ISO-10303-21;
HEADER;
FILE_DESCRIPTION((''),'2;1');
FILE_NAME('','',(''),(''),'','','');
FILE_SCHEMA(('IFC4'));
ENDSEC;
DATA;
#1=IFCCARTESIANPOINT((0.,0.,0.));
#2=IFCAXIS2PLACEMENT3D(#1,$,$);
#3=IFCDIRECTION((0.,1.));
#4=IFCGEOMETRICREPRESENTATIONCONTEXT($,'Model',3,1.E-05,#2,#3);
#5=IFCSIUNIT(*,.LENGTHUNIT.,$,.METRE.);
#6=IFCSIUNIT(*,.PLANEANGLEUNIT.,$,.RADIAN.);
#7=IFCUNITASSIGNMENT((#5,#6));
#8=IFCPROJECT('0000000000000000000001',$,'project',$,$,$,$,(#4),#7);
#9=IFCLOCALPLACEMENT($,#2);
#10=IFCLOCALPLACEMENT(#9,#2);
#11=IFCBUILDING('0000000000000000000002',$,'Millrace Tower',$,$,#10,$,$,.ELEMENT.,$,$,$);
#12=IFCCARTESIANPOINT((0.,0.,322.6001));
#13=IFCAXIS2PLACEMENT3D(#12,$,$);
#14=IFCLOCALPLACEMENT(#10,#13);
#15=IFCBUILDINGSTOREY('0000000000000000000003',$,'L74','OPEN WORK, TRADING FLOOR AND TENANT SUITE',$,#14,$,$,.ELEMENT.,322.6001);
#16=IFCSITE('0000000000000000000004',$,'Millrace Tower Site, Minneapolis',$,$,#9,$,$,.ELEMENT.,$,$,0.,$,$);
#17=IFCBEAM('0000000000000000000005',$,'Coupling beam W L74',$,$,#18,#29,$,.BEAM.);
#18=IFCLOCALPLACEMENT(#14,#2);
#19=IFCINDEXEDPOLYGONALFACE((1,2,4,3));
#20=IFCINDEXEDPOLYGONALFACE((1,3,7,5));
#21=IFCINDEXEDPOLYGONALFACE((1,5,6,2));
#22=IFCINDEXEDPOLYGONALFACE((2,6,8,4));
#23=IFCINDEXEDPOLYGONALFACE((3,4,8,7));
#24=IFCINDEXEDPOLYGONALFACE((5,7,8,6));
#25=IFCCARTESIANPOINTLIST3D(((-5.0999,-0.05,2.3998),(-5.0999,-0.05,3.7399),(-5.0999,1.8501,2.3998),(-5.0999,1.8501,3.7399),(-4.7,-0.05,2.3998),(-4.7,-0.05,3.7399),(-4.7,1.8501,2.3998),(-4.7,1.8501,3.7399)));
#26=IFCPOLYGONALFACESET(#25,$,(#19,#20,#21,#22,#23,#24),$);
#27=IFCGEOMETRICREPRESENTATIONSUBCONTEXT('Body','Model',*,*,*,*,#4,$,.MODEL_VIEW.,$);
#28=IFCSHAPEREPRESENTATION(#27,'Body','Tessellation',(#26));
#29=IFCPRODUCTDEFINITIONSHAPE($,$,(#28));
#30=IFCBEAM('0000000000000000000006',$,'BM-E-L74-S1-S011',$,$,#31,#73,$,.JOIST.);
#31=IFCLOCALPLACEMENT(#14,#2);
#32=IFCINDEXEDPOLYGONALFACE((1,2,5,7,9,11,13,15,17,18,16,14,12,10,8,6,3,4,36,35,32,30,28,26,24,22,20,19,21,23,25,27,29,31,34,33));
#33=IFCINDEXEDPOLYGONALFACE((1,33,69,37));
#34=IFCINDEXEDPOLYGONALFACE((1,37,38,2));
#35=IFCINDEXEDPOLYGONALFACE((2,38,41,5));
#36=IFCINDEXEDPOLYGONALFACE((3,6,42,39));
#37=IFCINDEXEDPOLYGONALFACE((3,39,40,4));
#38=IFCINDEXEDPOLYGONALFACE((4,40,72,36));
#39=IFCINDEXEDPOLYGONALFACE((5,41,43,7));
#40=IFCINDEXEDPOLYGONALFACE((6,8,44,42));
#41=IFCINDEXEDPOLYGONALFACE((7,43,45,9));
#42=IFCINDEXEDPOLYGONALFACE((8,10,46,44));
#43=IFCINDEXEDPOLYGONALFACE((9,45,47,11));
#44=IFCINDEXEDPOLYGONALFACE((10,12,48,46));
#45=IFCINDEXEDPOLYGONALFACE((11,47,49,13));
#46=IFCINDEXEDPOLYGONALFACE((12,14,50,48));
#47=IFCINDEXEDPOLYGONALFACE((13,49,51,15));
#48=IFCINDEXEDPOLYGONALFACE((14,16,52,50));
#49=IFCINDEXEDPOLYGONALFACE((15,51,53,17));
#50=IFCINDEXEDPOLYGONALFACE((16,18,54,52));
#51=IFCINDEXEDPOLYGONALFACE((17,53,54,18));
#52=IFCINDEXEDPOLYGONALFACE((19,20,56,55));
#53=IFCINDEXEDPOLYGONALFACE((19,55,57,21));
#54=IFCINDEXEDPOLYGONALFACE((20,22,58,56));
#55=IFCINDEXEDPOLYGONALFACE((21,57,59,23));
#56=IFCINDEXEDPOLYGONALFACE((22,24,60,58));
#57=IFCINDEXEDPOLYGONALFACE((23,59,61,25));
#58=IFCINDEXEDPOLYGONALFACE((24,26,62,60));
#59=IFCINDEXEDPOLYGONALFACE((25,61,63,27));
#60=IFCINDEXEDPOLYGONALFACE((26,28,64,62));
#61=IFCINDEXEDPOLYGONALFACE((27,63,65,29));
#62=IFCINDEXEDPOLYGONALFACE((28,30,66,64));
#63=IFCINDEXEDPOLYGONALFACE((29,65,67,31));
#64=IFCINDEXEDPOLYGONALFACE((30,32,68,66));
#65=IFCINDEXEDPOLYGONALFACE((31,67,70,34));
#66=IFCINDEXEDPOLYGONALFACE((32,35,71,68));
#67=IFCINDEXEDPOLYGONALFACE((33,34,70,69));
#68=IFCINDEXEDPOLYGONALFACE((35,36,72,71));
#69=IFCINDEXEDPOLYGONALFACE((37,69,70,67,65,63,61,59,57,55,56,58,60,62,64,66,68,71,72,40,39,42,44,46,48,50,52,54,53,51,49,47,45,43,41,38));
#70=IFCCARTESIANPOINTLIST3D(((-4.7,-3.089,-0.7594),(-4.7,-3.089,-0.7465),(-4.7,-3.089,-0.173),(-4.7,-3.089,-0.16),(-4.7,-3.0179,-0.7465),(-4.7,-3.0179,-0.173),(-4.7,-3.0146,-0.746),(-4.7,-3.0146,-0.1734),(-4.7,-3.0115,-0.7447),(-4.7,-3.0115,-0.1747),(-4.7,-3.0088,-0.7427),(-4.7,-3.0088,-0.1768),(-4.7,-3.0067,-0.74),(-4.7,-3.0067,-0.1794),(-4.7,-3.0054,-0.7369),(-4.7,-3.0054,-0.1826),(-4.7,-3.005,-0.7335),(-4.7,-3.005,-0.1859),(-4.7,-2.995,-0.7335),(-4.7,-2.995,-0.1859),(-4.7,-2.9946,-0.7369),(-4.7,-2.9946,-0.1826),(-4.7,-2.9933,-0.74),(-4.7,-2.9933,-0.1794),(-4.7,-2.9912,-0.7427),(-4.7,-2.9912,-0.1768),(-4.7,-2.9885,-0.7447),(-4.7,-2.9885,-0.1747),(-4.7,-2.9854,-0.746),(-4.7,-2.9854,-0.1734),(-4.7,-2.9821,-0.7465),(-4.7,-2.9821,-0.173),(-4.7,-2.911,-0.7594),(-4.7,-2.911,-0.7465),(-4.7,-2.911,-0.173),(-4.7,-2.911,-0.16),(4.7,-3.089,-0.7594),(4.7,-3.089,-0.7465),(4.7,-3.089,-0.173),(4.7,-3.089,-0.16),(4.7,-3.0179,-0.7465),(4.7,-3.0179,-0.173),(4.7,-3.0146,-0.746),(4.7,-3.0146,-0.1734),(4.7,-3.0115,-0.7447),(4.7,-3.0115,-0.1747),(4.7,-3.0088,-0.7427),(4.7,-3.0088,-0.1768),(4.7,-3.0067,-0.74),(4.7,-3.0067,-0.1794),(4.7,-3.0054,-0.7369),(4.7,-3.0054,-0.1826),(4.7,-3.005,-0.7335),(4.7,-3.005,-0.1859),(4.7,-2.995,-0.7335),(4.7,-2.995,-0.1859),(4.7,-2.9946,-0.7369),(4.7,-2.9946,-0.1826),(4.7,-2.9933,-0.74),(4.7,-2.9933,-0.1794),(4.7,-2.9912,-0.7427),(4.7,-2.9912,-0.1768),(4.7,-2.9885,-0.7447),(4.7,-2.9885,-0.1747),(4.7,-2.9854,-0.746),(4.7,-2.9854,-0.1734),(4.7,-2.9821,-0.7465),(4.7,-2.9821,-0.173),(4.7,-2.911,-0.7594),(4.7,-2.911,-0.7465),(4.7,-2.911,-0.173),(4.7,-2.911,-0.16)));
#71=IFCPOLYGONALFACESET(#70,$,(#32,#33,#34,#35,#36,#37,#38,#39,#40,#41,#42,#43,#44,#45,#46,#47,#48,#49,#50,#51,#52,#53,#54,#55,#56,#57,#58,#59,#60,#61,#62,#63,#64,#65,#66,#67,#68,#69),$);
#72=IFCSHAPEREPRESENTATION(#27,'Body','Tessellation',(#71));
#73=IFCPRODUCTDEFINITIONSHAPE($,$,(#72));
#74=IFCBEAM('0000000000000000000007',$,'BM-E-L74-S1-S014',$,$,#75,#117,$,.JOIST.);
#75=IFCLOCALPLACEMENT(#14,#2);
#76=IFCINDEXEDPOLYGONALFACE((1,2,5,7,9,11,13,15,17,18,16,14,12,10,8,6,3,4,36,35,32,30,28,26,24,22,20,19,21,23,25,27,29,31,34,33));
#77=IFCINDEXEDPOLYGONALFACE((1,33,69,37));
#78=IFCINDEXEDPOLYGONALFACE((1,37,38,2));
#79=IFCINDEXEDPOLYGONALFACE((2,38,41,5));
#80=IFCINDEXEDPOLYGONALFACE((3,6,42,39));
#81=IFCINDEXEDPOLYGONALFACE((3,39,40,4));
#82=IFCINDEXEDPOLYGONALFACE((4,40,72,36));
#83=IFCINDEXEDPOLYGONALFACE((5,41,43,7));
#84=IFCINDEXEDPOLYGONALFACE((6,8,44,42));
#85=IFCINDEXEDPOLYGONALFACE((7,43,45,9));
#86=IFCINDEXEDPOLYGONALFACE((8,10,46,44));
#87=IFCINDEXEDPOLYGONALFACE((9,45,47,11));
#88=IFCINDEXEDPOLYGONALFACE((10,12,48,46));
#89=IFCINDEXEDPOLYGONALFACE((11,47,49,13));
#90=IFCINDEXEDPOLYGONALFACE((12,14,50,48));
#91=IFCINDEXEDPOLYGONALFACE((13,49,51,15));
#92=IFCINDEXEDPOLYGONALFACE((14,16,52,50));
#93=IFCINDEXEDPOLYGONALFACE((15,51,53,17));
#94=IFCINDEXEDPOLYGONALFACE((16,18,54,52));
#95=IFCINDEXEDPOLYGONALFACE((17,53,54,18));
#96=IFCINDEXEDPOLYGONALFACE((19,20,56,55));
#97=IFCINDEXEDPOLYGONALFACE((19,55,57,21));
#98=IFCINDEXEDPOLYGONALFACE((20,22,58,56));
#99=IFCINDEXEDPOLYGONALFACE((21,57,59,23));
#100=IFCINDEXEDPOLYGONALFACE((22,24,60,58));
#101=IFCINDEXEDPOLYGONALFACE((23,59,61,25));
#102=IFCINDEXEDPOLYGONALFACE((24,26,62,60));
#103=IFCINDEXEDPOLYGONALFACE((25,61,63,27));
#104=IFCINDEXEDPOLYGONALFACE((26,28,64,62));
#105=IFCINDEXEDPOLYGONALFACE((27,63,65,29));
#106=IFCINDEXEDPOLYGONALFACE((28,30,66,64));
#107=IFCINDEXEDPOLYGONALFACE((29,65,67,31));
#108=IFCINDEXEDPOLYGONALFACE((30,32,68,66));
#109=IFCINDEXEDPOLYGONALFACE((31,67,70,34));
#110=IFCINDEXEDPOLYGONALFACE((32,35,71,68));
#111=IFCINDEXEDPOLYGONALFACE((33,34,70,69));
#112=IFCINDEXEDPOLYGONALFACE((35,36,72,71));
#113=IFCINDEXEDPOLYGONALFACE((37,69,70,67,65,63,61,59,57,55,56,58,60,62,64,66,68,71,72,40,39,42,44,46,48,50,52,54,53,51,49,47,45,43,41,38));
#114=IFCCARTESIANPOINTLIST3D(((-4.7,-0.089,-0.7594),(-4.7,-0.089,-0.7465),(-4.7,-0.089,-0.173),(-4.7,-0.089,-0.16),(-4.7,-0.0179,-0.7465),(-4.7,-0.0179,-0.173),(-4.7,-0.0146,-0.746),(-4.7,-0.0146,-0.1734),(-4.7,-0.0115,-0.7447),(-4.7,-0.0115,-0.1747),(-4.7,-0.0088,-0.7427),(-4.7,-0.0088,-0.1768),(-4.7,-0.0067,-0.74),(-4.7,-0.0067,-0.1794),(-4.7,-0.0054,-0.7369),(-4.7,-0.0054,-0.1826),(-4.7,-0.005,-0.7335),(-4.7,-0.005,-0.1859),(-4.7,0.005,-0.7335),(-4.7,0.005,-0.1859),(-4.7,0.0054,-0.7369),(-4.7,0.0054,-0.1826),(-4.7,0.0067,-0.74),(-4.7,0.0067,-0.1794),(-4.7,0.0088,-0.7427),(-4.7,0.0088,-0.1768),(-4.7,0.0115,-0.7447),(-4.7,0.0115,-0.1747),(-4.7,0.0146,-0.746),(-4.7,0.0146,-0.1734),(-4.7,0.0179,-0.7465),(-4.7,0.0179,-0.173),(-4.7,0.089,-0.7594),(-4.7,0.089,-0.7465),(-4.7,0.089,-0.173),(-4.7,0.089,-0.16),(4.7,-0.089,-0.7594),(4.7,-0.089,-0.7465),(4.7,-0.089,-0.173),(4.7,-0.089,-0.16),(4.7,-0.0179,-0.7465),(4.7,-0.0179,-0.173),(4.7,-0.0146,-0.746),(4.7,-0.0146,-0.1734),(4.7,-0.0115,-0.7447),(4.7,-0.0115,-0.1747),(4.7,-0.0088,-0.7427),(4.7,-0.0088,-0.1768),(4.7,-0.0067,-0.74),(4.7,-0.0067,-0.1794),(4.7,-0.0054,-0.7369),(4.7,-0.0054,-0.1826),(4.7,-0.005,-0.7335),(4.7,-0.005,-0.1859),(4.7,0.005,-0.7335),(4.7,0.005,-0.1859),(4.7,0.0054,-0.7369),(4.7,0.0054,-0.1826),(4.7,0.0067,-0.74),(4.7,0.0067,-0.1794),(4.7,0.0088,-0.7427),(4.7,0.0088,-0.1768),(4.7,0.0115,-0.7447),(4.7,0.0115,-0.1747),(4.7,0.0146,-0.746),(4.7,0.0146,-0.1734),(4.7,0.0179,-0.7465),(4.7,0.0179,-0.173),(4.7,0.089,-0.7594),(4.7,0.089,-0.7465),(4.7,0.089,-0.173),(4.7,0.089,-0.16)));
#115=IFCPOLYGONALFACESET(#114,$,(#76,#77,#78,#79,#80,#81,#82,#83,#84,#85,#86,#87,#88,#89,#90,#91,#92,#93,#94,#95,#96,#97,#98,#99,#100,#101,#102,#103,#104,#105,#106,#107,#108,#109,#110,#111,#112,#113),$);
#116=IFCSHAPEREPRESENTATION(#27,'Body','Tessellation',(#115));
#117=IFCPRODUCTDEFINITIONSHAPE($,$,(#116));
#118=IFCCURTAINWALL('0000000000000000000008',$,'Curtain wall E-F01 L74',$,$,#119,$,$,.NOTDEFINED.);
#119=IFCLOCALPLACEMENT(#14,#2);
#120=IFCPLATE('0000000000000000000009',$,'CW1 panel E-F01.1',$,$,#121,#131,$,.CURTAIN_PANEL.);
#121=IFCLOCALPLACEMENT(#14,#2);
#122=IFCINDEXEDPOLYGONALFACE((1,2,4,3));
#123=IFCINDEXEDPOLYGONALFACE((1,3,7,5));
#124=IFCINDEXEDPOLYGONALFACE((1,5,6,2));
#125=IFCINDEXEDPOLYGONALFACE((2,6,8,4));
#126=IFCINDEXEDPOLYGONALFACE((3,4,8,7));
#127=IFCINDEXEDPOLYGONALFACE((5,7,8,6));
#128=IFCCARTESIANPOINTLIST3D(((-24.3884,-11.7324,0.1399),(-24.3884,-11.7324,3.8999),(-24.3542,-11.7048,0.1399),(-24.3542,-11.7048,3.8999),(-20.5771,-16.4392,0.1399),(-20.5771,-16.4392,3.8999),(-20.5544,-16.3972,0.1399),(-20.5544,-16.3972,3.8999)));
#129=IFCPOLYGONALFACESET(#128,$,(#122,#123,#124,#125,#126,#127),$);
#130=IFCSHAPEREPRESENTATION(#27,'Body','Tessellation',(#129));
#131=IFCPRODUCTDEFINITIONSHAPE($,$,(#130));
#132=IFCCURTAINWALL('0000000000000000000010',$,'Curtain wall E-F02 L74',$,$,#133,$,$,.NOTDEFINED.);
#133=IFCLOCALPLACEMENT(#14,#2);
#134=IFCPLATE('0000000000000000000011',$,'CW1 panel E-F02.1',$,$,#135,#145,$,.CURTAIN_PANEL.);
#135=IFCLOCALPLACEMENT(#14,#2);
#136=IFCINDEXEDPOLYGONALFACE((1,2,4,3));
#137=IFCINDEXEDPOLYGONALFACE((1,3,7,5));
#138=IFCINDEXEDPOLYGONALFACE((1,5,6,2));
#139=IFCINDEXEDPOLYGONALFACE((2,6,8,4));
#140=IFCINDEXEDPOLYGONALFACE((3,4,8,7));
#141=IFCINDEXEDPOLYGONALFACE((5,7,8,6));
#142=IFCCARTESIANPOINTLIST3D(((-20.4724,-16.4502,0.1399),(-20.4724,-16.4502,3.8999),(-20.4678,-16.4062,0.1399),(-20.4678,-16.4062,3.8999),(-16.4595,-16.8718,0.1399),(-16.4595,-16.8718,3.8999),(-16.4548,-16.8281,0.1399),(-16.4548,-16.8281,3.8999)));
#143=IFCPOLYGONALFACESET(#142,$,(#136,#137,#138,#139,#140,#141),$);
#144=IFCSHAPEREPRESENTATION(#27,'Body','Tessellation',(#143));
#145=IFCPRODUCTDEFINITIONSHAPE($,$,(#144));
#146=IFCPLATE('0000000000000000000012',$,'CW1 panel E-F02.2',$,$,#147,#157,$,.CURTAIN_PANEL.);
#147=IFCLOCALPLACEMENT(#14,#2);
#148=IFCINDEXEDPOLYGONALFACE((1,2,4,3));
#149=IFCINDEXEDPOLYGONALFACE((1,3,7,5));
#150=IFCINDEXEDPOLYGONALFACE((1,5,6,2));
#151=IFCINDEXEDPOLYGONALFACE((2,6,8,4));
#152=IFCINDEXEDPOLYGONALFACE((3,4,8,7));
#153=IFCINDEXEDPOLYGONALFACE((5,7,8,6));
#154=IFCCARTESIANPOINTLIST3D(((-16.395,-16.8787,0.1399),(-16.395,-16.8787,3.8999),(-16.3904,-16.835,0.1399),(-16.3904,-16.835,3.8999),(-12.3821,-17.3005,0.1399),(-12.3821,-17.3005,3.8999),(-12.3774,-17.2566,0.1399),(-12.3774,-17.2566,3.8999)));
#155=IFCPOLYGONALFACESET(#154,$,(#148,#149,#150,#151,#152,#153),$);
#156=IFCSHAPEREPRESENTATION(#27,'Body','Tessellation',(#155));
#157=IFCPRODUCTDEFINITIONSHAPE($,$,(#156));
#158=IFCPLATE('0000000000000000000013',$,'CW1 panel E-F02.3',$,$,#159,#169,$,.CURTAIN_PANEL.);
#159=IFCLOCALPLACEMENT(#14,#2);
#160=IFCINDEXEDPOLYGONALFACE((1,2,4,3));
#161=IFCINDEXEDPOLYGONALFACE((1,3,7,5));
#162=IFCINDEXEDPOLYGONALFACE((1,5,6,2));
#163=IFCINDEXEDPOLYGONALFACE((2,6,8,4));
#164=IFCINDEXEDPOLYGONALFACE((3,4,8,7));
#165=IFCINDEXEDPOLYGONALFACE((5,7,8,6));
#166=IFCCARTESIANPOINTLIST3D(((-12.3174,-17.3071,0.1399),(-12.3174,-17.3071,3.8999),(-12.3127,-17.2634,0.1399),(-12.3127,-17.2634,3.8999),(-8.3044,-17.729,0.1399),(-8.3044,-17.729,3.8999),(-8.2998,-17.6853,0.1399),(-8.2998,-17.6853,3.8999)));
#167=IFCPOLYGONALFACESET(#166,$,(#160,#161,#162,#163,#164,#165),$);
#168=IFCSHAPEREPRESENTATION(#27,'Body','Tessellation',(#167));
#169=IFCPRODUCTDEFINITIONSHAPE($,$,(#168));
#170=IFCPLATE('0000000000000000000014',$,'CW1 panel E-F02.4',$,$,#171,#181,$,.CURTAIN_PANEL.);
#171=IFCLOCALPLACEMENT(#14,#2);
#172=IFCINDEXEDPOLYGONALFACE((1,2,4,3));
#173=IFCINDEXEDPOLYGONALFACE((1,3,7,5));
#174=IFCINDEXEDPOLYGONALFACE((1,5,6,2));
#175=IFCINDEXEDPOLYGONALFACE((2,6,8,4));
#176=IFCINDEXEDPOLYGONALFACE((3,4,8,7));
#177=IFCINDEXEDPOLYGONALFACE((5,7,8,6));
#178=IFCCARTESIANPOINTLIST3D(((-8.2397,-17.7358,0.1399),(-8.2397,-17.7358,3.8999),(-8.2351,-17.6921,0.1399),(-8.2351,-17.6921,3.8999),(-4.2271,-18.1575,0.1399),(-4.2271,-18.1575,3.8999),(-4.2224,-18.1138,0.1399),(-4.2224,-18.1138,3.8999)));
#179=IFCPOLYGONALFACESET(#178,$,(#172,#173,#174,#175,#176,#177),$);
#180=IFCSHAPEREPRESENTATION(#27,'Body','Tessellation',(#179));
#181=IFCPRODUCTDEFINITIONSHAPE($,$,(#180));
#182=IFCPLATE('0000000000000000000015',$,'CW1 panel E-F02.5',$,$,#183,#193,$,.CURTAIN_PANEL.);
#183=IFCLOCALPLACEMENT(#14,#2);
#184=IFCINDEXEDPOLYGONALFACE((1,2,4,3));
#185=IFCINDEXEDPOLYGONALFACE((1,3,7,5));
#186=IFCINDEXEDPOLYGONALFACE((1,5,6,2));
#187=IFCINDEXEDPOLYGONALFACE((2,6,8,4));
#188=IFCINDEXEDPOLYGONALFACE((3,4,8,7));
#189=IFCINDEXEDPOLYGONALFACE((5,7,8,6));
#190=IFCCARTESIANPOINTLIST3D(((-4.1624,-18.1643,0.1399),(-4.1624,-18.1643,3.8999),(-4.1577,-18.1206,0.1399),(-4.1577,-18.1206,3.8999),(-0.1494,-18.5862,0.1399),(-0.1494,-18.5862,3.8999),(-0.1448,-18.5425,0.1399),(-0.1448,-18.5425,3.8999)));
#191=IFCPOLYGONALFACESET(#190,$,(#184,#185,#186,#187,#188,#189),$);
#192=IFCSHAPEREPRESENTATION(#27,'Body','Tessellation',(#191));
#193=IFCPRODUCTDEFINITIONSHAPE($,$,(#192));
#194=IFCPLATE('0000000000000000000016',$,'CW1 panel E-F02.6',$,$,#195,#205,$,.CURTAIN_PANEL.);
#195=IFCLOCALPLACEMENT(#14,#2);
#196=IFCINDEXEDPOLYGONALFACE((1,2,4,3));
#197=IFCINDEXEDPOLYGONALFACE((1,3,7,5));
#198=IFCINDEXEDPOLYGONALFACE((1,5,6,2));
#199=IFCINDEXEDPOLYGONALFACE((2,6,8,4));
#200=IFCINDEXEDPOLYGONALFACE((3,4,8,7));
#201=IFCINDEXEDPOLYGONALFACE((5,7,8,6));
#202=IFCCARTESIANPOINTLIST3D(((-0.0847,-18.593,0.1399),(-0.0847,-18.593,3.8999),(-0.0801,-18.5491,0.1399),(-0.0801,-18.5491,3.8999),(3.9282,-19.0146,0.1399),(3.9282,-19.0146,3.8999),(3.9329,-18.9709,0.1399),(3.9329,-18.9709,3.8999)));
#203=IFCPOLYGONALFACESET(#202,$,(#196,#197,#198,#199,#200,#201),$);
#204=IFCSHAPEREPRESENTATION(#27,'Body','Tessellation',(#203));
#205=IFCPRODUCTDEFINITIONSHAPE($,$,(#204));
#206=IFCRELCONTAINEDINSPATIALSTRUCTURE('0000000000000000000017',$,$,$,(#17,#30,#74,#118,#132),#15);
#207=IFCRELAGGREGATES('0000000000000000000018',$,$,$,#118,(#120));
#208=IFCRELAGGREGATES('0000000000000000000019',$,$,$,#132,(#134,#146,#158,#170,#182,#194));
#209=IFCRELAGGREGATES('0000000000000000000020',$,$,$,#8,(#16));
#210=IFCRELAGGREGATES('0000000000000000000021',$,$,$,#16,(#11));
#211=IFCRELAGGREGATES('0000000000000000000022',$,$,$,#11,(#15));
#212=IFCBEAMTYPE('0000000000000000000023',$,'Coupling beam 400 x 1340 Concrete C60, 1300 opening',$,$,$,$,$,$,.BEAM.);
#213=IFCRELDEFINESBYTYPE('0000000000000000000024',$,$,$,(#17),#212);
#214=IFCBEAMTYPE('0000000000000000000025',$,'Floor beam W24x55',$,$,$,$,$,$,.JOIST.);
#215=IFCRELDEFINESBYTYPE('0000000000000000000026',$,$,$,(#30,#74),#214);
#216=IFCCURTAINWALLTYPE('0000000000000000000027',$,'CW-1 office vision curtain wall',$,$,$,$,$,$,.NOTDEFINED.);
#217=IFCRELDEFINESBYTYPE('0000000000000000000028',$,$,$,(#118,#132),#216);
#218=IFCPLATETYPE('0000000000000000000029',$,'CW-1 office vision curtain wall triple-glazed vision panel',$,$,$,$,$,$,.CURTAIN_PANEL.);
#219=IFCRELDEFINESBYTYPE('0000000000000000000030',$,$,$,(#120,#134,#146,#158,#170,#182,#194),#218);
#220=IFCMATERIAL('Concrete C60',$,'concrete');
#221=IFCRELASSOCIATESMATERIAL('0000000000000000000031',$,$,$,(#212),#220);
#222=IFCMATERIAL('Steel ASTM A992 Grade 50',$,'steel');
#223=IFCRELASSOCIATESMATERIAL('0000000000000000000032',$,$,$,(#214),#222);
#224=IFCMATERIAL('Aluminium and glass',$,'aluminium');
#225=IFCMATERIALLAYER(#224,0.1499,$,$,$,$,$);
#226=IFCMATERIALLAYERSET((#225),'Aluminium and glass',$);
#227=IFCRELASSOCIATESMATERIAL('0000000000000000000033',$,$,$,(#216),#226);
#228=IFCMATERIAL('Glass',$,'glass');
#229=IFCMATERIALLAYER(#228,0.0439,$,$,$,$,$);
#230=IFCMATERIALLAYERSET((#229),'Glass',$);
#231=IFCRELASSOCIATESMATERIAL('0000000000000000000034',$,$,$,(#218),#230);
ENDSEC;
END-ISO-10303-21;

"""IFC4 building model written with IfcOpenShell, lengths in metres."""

from ifc_helpers import new_model, si_unit, direction, frame, origin, origin_2d, place, context, subcontext, project, spatial, polyline, rectangle, i_section, outline, extrude, material, layer, layer_set, material_profile, profile_set, type_object, element, aggregate, save


model = new_model("IFC4")

# Units and contexts
model_context = context("Model", 3, precision=1e-05, world=origin(), true_north=direction((0.0, 1.0)))
body_context = subcontext(model_context, "Body", "Model", "MODEL_VIEW")
ifc_project = project(units=[si_unit("LENGTHUNIT", "METRE"), si_unit("PLANEANGLEUNIT", "RADIAN")], contexts=[model_context])

# Site, building, storey
site_placement = place(None, origin())
site = spatial("IfcSite", under=ifc_project, at=site_placement, Name="Millrace Tower Site, Minneapolis", CompositionType="ELEMENT", RefElevation=0.0)
building_placement = place(site_placement, origin())
building = spatial("IfcBuilding", under=site, at=building_placement, Name="Millrace Tower", CompositionType="ELEMENT")
storey_placement = place(building_placement, frame((0.0, 0.0, 322.6001)))
storey = spatial("IfcBuildingStorey", under=building, at=storey_placement, Name="L74", Description="OPEN WORK, TRADING FLOOR AND TENANT SUITE", CompositionType="ELEMENT", Elevation=322.6001)

# Beams
ifc_material_1 = material(Name="Concrete C60", Category="concrete")
ifc_material_profile_1 = material_profile(ifc_material_1, rectangle(XDim=0.3999, YDim=1.3401, at=origin_2d()))
ifc_profile_set_1 = profile_set([ifc_material_profile_1], Name="Concrete C60")
beam_type_1 = type_object("IfcBeamType", Name="Coupling beam 400 x 1340 Concrete C60, 1300 opening", PredefinedType="BEAM", material=ifc_profile_set_1)
beam_placement = place(storey_placement, frame((-4.8999, -0.05, 3.0698), z_axis=(0.0, 1.0, 0.0), x_axis=(-1.0, 0.0, 0.0)))
element("IfcBeam", 1, at=beam_placement, inside=storey, type_object=beam_type_1, Name="Coupling beam W L74", PredefinedType="BEAM", context=body_context, shape_type="SweptSolid", body=[
    extrude(rectangle(XDim=0.3999, YDim=1.3401, at=origin_2d()), origin(), (0.0, 0.0, 1.0), 1.9001),
])
ifc_material_2 = material(Name="Steel ASTM A992 Grade 50", Category="steel")
ifc_material_profile_2 = material_profile(ifc_material_2, i_section(OverallWidth=0.178, OverallDepth=0.5994, WebThickness=0.01, FlangeThickness=0.0129, FilletRadius=0.0129, at=origin_2d()))
ifc_profile_set_2 = profile_set([ifc_material_profile_2], Name="Steel ASTM A992 Grade 50")
beam_type_2 = type_object("IfcBeamType", Name="Floor beam W24x55", PredefinedType="JOIST", material=ifc_profile_set_2)
for number, where, z_axis, x_axis, name in (
    (2, (-4.7, -3.0, -0.4597), (1.0, 0.0, 0.0), (0.0, 1.0, 0.0), "BM-E-L74-S1-S011"),
    (3, (-4.7, 0.0, -0.4597), (1.0, 0.0, 0.0), (0.0, 1.0, 0.0), "BM-E-L74-S1-S014"),
):
    element("IfcBeam", number, at=place(storey_placement, frame(where, z_axis=z_axis, x_axis=x_axis)), inside=storey, type_object=beam_type_2, Name=name, PredefinedType="JOIST", context=body_context, shape_type="SweptSolid", body=[
        extrude(i_section(OverallWidth=0.178, OverallDepth=0.5994, WebThickness=0.01, FlangeThickness=0.0129, FilletRadius=0.0129, at=origin_2d()), origin(), (0.0, 0.0, 1.0), 9.3999),
    ])

# Curtain wall, plate
ifc_material_3 = material(Name="Aluminium and glass", Category="aluminium")
ifc_layer_1 = layer(ifc_material_3, 0.1499)
ifc_layer_set_1 = layer_set([ifc_layer_1], Name="Aluminium and glass")
curtain_wall_type = type_object("IfcCurtainWallType", Name="CW-1 office vision curtain wall", PredefinedType="NOTDEFINED", material=ifc_layer_set_1)
placement_1 = place(storey_placement, origin())
curtain_wall_1 = element("IfcCurtainWall", 4, at=placement_1, inside=storey, type_object=curtain_wall_type, Name="Curtain wall E-F01 L74", PredefinedType="NOTDEFINED")
ifc_material_4 = material(Name="Glass", Category="glass")
ifc_layer_2 = layer(ifc_material_4, 0.0439)
ifc_layer_set_2 = layer_set([ifc_layer_2], Name="Glass")
plate_type = type_object("IfcPlateType", Name="CW-1 office vision curtain wall triple-glazed vision panel", PredefinedType="CURTAIN_PANEL", material=ifc_layer_set_2)
placement_2 = place(storey_placement, frame((0.0, 0.0, 0.1399)))
plate_1 = element("IfcPlate", 5, at=placement_2, type_object=plate_type, Name="CW1 panel E-F01.1", PredefinedType="CURTAIN_PANEL", context=body_context, shape_type="SweptSolid", body=[
    extrude(outline(polyline([(-24.3884, -11.7324), (-20.5771, -16.4392), (-20.5544, -16.3972), (-24.3542, -11.7048), (-24.3884, -11.7324)])), origin(), (0.0, 0.0, 1.0), 3.76),
])
aggregate(curtain_wall_1, [plate_1])

# Curtain wall, plates
curtain_wall_2 = element("IfcCurtainWall", 6, at=placement_1, inside=storey, type_object=curtain_wall_type, Name="Curtain wall E-F02 L74", PredefinedType="NOTDEFINED")
plate_2 = element("IfcPlate", 7, at=placement_2, type_object=plate_type, Name="CW1 panel E-F02.1", PredefinedType="CURTAIN_PANEL", context=body_context, shape_type="SweptSolid", body=[
    extrude(outline(polyline([(-20.4724, -16.4502), (-16.4595, -16.8718), (-16.4548, -16.8281), (-20.4678, -16.4062), (-20.4724, -16.4502)])), origin(), (0.0, 0.0, 1.0), 3.76),
])
plate_3 = element("IfcPlate", 8, at=placement_2, type_object=plate_type, Name="CW1 panel E-F02.2", PredefinedType="CURTAIN_PANEL", context=body_context, shape_type="SweptSolid", body=[
    extrude(outline(polyline([(-16.395, -16.8787), (-12.3821, -17.3005), (-12.3774, -17.2566), (-16.3904, -16.835), (-16.395, -16.8787)])), origin(), (0.0, 0.0, 1.0), 3.76),
])
plate_4 = element("IfcPlate", 9, at=placement_2, type_object=plate_type, Name="CW1 panel E-F02.3", PredefinedType="CURTAIN_PANEL", context=body_context, shape_type="SweptSolid", body=[
    extrude(outline(polyline([(-12.3174, -17.3071), (-8.3044, -17.729), (-8.2998, -17.6853), (-12.3127, -17.2634), (-12.3174, -17.3071)])), origin(), (0.0, 0.0, 1.0), 3.76),
])
plate_5 = element("IfcPlate", 10, at=placement_2, type_object=plate_type, Name="CW1 panel E-F02.4", PredefinedType="CURTAIN_PANEL", context=body_context, shape_type="SweptSolid", body=[
    extrude(outline(polyline([(-8.2397, -17.7358), (-4.2271, -18.1575), (-4.2224, -18.1138), (-8.2351, -17.6921), (-8.2397, -17.7358)])), origin(), (0.0, 0.0, 1.0), 3.76),
])
plate_6 = element("IfcPlate", 11, at=placement_2, type_object=plate_type, Name="CW1 panel E-F02.5", PredefinedType="CURTAIN_PANEL", context=body_context, shape_type="SweptSolid", body=[
    extrude(outline(polyline([(-4.1624, -18.1643), (-0.1494, -18.5862), (-0.1448, -18.5425), (-4.1577, -18.1206), (-4.1624, -18.1643)])), origin(), (0.0, 0.0, 1.0), 3.76),
])
plate_7 = element("IfcPlate", 12, at=placement_2, type_object=plate_type, Name="CW1 panel E-F02.6", PredefinedType="CURTAIN_PANEL", context=body_context, shape_type="SweptSolid", body=[
    extrude(outline(polyline([(-0.0847, -18.593), (3.9282, -19.0146), (3.9329, -18.9709), (-0.0801, -18.5491), (-0.0847, -18.593)])), origin(), (0.0, 0.0, 1.0), 3.76),
])
aggregate(curtain_wall_2, [plate_2, plate_3, plate_4, plate_5, plate_6, plate_7])

save(model, "model.ifc")
